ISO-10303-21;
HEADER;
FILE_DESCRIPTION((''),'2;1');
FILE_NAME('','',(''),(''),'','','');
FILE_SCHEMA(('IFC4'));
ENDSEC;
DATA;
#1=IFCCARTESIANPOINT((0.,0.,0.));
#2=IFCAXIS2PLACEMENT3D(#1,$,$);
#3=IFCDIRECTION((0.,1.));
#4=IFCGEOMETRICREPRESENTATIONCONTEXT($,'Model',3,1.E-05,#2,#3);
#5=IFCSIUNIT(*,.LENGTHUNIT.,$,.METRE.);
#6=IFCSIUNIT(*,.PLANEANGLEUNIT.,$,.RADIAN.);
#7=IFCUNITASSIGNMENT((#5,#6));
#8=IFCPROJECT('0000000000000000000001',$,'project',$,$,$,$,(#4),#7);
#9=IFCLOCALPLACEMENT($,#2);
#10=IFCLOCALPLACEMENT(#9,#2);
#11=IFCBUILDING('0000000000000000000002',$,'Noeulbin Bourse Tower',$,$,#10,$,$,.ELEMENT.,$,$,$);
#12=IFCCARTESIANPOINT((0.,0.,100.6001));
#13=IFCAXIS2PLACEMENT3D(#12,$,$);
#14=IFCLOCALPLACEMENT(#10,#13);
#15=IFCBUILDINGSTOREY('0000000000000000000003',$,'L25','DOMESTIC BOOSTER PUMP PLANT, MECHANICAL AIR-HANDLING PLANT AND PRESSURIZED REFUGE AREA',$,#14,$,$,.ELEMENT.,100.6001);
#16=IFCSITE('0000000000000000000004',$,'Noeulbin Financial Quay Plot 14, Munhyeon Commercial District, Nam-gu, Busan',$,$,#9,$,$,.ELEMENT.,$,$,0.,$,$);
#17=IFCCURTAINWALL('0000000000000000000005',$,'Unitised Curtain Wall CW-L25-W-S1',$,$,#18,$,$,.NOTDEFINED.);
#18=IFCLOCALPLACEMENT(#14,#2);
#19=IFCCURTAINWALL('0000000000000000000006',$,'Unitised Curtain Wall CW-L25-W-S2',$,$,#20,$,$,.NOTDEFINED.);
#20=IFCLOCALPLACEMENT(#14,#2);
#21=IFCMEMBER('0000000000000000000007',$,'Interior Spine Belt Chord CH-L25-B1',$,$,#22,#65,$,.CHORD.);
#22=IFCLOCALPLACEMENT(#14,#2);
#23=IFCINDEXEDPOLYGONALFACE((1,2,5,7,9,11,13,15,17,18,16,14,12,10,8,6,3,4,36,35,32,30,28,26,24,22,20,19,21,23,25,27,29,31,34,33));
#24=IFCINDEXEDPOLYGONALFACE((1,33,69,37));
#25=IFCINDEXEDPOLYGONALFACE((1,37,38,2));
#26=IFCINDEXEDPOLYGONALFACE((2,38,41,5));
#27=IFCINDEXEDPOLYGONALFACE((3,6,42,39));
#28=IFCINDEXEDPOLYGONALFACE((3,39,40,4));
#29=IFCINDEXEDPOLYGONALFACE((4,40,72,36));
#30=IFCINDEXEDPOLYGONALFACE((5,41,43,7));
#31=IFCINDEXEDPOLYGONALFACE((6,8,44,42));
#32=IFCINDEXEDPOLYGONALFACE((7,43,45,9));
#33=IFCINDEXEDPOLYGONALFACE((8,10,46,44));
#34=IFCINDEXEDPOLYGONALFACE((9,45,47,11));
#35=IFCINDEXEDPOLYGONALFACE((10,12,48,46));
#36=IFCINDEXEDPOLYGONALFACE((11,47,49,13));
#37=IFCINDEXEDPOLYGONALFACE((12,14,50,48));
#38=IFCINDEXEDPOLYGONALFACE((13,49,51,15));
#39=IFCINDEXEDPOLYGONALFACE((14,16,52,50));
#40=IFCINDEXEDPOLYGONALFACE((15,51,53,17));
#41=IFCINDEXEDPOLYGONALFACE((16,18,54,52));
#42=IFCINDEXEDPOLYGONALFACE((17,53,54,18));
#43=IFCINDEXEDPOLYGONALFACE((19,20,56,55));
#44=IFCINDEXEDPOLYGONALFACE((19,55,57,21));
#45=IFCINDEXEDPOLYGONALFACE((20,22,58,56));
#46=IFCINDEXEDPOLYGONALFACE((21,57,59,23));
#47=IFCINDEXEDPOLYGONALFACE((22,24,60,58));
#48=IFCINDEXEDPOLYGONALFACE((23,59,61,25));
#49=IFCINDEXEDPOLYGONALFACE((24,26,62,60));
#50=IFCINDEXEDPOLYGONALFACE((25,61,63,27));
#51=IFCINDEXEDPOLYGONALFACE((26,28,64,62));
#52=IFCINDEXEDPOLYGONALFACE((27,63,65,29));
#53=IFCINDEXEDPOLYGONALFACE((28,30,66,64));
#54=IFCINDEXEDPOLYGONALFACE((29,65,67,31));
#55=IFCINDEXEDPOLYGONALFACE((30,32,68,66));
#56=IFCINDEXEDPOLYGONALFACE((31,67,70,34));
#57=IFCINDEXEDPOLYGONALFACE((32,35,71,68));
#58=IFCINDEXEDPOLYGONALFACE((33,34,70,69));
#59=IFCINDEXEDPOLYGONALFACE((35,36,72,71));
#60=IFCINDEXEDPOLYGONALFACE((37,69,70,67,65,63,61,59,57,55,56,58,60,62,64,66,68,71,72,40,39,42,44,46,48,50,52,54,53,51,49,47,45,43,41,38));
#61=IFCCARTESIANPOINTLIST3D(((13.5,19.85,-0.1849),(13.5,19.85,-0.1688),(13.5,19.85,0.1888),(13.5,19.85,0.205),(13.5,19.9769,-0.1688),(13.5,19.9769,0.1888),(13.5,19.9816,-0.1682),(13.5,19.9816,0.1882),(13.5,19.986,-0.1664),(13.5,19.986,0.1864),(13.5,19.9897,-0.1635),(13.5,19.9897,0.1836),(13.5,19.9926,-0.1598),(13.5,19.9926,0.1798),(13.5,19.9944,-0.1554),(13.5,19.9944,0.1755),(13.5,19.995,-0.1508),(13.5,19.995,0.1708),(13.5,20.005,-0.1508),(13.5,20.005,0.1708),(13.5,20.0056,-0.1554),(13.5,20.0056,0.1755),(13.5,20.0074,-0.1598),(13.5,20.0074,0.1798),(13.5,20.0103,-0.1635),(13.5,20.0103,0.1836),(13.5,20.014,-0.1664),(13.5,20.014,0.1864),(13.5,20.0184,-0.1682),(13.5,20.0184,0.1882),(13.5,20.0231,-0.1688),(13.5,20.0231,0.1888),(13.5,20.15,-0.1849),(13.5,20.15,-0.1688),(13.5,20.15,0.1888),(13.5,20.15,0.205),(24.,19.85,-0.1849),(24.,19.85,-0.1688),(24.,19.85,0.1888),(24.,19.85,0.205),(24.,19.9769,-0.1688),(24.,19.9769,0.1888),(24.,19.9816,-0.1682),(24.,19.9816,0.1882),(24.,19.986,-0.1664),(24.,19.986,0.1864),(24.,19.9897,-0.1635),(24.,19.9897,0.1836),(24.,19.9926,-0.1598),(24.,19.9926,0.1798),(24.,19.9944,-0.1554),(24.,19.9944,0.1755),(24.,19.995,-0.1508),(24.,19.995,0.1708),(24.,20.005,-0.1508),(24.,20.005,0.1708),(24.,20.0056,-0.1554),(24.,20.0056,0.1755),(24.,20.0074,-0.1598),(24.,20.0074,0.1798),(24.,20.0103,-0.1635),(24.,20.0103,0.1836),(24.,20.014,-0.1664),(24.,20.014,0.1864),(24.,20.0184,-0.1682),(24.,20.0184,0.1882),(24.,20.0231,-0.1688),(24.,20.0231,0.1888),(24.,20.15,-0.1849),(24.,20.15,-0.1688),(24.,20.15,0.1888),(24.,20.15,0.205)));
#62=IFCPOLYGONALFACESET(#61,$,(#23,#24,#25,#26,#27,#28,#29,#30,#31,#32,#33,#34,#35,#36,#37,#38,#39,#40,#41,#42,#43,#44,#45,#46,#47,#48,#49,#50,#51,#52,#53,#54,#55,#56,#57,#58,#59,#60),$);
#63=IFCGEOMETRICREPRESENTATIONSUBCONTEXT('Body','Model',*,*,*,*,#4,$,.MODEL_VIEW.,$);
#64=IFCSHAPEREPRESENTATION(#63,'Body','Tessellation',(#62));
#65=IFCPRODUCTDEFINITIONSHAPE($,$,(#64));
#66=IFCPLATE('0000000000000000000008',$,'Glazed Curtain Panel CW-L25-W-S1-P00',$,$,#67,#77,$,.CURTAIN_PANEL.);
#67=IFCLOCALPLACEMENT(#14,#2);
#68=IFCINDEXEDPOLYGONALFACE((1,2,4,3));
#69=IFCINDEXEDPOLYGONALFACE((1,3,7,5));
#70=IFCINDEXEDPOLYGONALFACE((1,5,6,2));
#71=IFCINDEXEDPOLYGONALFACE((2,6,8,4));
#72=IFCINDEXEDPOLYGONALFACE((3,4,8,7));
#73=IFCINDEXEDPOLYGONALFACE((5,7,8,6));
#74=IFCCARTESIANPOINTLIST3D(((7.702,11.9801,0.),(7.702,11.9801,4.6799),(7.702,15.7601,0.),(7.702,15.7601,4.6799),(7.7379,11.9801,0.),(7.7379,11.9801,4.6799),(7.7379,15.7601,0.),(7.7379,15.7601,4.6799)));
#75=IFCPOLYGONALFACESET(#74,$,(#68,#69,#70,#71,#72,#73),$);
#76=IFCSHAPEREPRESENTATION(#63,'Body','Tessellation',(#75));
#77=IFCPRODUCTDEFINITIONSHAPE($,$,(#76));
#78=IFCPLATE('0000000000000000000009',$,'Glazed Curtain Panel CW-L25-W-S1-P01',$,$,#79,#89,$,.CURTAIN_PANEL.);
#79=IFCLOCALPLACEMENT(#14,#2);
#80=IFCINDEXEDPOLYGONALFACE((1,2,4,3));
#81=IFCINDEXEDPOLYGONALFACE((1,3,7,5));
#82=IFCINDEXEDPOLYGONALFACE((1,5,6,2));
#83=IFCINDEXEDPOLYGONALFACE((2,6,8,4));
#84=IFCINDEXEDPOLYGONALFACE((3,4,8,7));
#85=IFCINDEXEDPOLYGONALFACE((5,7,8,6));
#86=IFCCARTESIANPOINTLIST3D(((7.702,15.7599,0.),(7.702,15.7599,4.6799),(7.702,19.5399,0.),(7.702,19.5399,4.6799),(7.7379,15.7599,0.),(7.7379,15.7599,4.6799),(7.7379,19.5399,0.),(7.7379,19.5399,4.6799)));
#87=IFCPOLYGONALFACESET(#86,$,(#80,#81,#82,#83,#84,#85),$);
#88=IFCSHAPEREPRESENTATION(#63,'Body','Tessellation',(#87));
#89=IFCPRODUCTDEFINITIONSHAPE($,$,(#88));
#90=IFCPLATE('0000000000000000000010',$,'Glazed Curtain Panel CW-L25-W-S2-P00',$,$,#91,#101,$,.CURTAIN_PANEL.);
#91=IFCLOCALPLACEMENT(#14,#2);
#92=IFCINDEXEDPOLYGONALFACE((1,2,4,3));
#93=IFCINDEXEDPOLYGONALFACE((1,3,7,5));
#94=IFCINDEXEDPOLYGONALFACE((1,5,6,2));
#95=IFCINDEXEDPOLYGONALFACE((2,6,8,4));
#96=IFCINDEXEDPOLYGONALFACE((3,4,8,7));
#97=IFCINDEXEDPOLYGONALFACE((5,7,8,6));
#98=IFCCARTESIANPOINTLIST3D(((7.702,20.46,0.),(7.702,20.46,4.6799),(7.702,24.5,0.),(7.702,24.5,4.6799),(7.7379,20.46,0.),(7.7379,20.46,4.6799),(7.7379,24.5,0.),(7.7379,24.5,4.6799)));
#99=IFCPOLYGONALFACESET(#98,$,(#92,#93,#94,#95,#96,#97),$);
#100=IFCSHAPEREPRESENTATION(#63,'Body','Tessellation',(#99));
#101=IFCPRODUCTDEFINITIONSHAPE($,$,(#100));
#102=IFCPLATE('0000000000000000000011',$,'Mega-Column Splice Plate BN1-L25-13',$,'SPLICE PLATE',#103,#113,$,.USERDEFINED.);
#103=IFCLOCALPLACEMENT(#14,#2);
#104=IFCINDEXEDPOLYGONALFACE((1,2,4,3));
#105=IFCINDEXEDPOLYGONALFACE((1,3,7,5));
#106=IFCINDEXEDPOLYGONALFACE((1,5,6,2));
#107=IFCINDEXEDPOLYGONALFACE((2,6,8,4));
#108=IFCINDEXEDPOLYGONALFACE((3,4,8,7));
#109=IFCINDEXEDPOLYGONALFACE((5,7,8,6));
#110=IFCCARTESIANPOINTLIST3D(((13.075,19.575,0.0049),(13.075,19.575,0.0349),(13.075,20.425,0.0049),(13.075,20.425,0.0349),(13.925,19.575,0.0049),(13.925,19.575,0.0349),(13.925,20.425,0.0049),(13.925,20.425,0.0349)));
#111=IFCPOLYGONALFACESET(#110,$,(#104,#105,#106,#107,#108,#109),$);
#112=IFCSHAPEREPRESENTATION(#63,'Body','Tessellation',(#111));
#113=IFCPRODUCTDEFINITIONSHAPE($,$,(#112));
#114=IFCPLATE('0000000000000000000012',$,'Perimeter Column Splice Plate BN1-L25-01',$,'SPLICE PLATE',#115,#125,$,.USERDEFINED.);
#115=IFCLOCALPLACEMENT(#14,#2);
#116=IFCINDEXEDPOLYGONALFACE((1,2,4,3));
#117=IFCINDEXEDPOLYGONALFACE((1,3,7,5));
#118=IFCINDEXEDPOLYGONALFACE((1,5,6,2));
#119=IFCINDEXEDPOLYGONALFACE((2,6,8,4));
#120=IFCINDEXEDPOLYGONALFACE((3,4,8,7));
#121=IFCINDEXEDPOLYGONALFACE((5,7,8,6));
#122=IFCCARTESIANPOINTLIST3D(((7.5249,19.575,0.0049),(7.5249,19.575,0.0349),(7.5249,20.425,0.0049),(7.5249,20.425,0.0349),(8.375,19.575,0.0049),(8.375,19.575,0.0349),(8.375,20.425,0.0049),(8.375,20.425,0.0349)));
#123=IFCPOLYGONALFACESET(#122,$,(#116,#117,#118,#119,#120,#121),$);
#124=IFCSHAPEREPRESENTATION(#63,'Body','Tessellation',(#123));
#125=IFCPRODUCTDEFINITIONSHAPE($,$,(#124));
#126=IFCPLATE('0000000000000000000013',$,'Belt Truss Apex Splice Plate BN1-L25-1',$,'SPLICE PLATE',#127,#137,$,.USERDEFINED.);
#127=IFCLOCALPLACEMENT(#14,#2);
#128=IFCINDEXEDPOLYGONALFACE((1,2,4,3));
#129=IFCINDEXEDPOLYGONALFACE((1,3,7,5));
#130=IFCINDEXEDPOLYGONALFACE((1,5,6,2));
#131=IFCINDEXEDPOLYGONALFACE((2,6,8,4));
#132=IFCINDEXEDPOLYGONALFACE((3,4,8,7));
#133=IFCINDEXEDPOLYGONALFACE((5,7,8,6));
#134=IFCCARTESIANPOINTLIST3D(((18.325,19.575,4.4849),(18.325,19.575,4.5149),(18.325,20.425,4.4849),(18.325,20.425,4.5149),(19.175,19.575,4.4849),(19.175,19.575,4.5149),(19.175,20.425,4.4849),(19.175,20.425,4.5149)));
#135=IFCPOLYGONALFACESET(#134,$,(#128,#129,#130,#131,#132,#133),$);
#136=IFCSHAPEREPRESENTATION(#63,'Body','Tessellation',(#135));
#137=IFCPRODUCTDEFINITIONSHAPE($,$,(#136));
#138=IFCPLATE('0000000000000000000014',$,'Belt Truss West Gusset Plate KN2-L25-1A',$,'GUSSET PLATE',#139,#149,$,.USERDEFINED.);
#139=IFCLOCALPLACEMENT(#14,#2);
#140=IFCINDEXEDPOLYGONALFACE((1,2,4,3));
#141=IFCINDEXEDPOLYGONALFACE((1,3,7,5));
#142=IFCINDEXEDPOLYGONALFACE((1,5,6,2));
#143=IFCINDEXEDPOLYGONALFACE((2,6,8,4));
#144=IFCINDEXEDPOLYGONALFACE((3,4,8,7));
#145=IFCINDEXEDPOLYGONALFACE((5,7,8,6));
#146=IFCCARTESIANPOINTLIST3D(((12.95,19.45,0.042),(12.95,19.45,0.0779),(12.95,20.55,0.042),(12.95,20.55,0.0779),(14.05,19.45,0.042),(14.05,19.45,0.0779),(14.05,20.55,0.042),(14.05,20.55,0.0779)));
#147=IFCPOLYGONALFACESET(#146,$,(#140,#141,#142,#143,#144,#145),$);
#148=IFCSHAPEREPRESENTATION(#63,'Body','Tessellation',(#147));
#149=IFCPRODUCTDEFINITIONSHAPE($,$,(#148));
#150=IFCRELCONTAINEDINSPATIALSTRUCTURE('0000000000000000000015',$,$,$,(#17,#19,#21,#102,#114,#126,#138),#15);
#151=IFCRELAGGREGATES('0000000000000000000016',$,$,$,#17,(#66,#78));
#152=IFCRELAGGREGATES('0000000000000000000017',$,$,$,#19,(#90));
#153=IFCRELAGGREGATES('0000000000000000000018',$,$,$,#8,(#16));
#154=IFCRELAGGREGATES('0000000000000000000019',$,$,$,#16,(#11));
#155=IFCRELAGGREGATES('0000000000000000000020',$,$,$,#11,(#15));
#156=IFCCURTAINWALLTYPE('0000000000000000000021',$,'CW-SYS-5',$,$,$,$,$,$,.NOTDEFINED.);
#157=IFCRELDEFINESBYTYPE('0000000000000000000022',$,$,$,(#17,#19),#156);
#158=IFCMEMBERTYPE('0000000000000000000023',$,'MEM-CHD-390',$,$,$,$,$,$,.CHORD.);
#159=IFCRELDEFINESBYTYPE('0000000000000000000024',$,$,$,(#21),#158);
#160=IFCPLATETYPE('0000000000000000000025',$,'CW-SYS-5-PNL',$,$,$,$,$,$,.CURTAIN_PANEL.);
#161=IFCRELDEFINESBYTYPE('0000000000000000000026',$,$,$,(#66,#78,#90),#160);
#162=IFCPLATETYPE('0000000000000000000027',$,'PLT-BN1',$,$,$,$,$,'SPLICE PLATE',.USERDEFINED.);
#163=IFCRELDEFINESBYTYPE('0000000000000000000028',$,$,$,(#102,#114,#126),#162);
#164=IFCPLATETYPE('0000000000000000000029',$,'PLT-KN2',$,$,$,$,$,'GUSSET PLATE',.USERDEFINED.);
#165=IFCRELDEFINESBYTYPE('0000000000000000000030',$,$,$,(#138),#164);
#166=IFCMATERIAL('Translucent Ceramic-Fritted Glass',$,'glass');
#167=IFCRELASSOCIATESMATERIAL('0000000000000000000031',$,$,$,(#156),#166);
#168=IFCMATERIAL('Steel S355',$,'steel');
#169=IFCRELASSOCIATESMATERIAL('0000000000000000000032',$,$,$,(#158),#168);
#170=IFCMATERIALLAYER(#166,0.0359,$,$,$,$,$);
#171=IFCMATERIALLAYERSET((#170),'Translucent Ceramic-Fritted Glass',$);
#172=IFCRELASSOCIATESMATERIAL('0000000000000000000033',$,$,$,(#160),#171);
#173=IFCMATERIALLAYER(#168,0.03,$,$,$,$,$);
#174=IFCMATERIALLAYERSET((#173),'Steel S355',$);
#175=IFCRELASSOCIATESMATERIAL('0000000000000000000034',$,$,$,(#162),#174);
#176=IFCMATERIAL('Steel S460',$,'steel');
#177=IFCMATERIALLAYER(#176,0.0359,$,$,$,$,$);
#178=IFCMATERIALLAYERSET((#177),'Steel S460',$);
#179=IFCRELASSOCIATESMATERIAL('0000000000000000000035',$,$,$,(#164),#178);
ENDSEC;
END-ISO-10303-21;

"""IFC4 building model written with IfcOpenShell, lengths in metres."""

from ifc_helpers import new_model, si_unit, direction, frame, origin, origin_2d, place, context, subcontext, project, spatial, rectangle, i_section, extrude, material, layer, layer_set, material_profile, profile_set, type_object, element, aggregate, save


model = new_model("IFC4")

# Units and contexts
model_context = context("Model", 3, precision=1e-05, world=origin(), true_north=direction((0.0, 1.0)))
body_context = subcontext(model_context, "Body", "Model", "MODEL_VIEW")
ifc_project = project(units=[si_unit("LENGTHUNIT", "METRE"), si_unit("PLANEANGLEUNIT", "RADIAN")], contexts=[model_context])

# Site, building, storey
site_placement = place(None, origin())
site = spatial("IfcSite", under=ifc_project, at=site_placement, Name="Noeulbin Financial Quay Plot 14, Munhyeon Commercial District, Nam-gu, Busan", CompositionType="ELEMENT", RefElevation=0.0)
building_placement = place(site_placement, origin())
building = spatial("IfcBuilding", under=site, at=building_placement, Name="Noeulbin Bourse Tower", CompositionType="ELEMENT")
storey_placement = place(building_placement, frame((0.0, 0.0, 100.6001)))
storey = spatial("IfcBuildingStorey", under=building, at=storey_placement, Name="L25", Description="DOMESTIC BOOSTER PUMP PLANT, MECHANICAL AIR-HANDLING PLANT AND PRESSURIZED REFUGE AREA", CompositionType="ELEMENT", Elevation=100.6001)

# Shared definitions
ifc_material_1 = material(Name="Steel S460", Category="steel")

# Shared definitions
ifc_material_2 = material(Name="Steel S355", Category="steel")

# Curtain wall
ifc_material_3 = material(Name="Translucent Ceramic-Fritted Glass", Category="glass")
curtain_wall_type = type_object("IfcCurtainWallType", Name="CW-SYS-5", PredefinedType="NOTDEFINED", material=ifc_material_3)
curtain_wall_1_placement = place(storey_placement, origin())
curtain_wall_1 = element("IfcCurtainWall", 1, at=curtain_wall_1_placement, inside=storey, type_object=curtain_wall_type, Name="Unitised Curtain Wall CW-L25-W-S1", PredefinedType="NOTDEFINED")

# Curtain wall
curtain_wall_2_placement = place(storey_placement, origin())
curtain_wall_2 = element("IfcCurtainWall", 2, at=curtain_wall_2_placement, inside=storey, type_object=curtain_wall_type, Name="Unitised Curtain Wall CW-L25-W-S2", PredefinedType="NOTDEFINED")

# Member
ifc_material_profile_1 = material_profile(ifc_material_2, i_section(OverallWidth=0.3, OverallDepth=0.3899, WebThickness=0.01, FlangeThickness=0.0161, FilletRadius=0.0181, at=origin_2d()), Name="H-390x300x10x16", Category="LoadBearing")
ifc_profile_set_1 = profile_set([ifc_material_profile_1], Name="Steel S355")
member_type_1 = type_object("IfcMemberType", Name="MEM-CHD-390", PredefinedType="CHORD", material=ifc_profile_set_1)
member_1_placement = place(storey_placement, frame((13.5, 20.0, 0.01), z_axis=(1.0, 0.0, 0.0), x_axis=(0.0, 1.0, 0.0)))
element("IfcMember", 3, at=member_1_placement, inside=storey, type_object=member_type_1, Name="Interior Spine Belt Chord CH-L25-B1", PredefinedType="CHORD", context=body_context, shape_type="SweptSolid", body=[
    extrude(i_section(OverallWidth=0.3, OverallDepth=0.3899, WebThickness=0.01, FlangeThickness=0.0161, FilletRadius=0.0181, at=origin_2d()), origin(), (0.0, 0.0, 1.0), 10.5),
])

# Plates
ifc_layer_1 = layer(ifc_material_3, 0.0359)
ifc_layer_set_1 = layer_set([ifc_layer_1], Name="Translucent Ceramic-Fritted Glass")
plate_type_1 = type_object("IfcPlateType", Name="CW-SYS-5-PNL", PredefinedType="CURTAIN_PANEL", material=ifc_layer_set_1)
plate_1_placement = place(storey_placement, frame((7.72, 13.8701, 0.0), z_axis=(0.0, 0.0, 1.0), x_axis=(0.0, 1.0, 0.0)))
plate_1 = element("IfcPlate", 4, at=plate_1_placement, type_object=plate_type_1, Name="Glazed Curtain Panel CW-L25-W-S1-P00", PredefinedType="CURTAIN_PANEL", context=body_context, shape_type="SweptSolid", body=[
    extrude(rectangle(XDim=3.78, YDim=0.0359, at=origin_2d()), origin(), (0.0, 0.0, 1.0), 4.6799),
])
plate_2_placement = place(storey_placement, frame((7.72, 17.6499, 0.0), z_axis=(0.0, 0.0, 1.0), x_axis=(0.0, 1.0, 0.0)))
plate_2 = element("IfcPlate", 5, at=plate_2_placement, type_object=plate_type_1, Name="Glazed Curtain Panel CW-L25-W-S1-P01", PredefinedType="CURTAIN_PANEL", context=body_context, shape_type="SweptSolid", body=[
    extrude(rectangle(XDim=3.78, YDim=0.0359, at=origin_2d()), origin(), (0.0, 0.0, 1.0), 4.6799),
])
aggregate(curtain_wall_1, [plate_1, plate_2])
plate_3_placement = place(storey_placement, frame((7.72, 22.48, 0.0), z_axis=(0.0, 0.0, 1.0), x_axis=(0.0, 1.0, 0.0)))
plate_3 = element("IfcPlate", 6, at=plate_3_placement, type_object=plate_type_1, Name="Glazed Curtain Panel CW-L25-W-S2-P00", PredefinedType="CURTAIN_PANEL", context=body_context, shape_type="SweptSolid", body=[
    extrude(rectangle(XDim=4.04, YDim=0.0359, at=origin_2d()), origin(), (0.0, 0.0, 1.0), 4.6799),
])
aggregate(curtain_wall_2, [plate_3])

# Plates
ifc_layer_2 = layer(ifc_material_2, 0.03)
ifc_layer_set_2 = layer_set([ifc_layer_2], Name="Steel S355")
plate_type_2 = type_object("IfcPlateType", Name="PLT-BN1", ElementType="SPLICE PLATE", PredefinedType="USERDEFINED", material=ifc_layer_set_2)
for number, where, z_axis, x_axis, name in (
    (7, (13.5, 20.0, 0.0049), (0.0, 0.0, 1.0), (1.0, 0.0, 0.0), "Mega-Column Splice Plate BN1-L25-13"),
    (8, (7.95, 20.0, 0.0049), (0.0, 0.0, 1.0), (1.0, 0.0, 0.0), "Perimeter Column Splice Plate BN1-L25-01"),
    (9, (18.75, 20.0, 4.4849), (0.0, 0.0, 1.0), (1.0, 0.0, 0.0), "Belt Truss Apex Splice Plate BN1-L25-1"),
):
    element("IfcPlate", number, at=place(storey_placement, frame(where, z_axis=z_axis, x_axis=x_axis)), inside=storey, type_object=plate_type_2, Name=name, ObjectType="SPLICE PLATE", PredefinedType="USERDEFINED", context=body_context, shape_type="SweptSolid", body=[
        extrude(rectangle(XDim=0.8501, YDim=0.8501, at=origin_2d()), origin(), (0.0, 0.0, 1.0), 0.03),
    ])
ifc_layer_3 = layer(ifc_material_1, 0.0359)
ifc_layer_set_3 = layer_set([ifc_layer_3], Name="Steel S460")
plate_type_3 = type_object("IfcPlateType", Name="PLT-KN2", ElementType="GUSSET PLATE", PredefinedType="USERDEFINED", material=ifc_layer_set_3)
plate_4_placement = place(storey_placement, frame((13.5, 20.0, 0.042), z_axis=(0.0, 0.0, 1.0), x_axis=(1.0, 0.0, 0.0)))
element("IfcPlate", 10, at=plate_4_placement, inside=storey, type_object=plate_type_3, Name="Belt Truss West Gusset Plate KN2-L25-1A", ObjectType="GUSSET PLATE", PredefinedType="USERDEFINED", context=body_context, shape_type="SweptSolid", body=[
    extrude(rectangle(XDim=1.1001, YDim=1.1001, at=origin_2d()), origin(), (0.0, 0.0, 1.0), 0.0359),
])

save(model, "model.ifc")
